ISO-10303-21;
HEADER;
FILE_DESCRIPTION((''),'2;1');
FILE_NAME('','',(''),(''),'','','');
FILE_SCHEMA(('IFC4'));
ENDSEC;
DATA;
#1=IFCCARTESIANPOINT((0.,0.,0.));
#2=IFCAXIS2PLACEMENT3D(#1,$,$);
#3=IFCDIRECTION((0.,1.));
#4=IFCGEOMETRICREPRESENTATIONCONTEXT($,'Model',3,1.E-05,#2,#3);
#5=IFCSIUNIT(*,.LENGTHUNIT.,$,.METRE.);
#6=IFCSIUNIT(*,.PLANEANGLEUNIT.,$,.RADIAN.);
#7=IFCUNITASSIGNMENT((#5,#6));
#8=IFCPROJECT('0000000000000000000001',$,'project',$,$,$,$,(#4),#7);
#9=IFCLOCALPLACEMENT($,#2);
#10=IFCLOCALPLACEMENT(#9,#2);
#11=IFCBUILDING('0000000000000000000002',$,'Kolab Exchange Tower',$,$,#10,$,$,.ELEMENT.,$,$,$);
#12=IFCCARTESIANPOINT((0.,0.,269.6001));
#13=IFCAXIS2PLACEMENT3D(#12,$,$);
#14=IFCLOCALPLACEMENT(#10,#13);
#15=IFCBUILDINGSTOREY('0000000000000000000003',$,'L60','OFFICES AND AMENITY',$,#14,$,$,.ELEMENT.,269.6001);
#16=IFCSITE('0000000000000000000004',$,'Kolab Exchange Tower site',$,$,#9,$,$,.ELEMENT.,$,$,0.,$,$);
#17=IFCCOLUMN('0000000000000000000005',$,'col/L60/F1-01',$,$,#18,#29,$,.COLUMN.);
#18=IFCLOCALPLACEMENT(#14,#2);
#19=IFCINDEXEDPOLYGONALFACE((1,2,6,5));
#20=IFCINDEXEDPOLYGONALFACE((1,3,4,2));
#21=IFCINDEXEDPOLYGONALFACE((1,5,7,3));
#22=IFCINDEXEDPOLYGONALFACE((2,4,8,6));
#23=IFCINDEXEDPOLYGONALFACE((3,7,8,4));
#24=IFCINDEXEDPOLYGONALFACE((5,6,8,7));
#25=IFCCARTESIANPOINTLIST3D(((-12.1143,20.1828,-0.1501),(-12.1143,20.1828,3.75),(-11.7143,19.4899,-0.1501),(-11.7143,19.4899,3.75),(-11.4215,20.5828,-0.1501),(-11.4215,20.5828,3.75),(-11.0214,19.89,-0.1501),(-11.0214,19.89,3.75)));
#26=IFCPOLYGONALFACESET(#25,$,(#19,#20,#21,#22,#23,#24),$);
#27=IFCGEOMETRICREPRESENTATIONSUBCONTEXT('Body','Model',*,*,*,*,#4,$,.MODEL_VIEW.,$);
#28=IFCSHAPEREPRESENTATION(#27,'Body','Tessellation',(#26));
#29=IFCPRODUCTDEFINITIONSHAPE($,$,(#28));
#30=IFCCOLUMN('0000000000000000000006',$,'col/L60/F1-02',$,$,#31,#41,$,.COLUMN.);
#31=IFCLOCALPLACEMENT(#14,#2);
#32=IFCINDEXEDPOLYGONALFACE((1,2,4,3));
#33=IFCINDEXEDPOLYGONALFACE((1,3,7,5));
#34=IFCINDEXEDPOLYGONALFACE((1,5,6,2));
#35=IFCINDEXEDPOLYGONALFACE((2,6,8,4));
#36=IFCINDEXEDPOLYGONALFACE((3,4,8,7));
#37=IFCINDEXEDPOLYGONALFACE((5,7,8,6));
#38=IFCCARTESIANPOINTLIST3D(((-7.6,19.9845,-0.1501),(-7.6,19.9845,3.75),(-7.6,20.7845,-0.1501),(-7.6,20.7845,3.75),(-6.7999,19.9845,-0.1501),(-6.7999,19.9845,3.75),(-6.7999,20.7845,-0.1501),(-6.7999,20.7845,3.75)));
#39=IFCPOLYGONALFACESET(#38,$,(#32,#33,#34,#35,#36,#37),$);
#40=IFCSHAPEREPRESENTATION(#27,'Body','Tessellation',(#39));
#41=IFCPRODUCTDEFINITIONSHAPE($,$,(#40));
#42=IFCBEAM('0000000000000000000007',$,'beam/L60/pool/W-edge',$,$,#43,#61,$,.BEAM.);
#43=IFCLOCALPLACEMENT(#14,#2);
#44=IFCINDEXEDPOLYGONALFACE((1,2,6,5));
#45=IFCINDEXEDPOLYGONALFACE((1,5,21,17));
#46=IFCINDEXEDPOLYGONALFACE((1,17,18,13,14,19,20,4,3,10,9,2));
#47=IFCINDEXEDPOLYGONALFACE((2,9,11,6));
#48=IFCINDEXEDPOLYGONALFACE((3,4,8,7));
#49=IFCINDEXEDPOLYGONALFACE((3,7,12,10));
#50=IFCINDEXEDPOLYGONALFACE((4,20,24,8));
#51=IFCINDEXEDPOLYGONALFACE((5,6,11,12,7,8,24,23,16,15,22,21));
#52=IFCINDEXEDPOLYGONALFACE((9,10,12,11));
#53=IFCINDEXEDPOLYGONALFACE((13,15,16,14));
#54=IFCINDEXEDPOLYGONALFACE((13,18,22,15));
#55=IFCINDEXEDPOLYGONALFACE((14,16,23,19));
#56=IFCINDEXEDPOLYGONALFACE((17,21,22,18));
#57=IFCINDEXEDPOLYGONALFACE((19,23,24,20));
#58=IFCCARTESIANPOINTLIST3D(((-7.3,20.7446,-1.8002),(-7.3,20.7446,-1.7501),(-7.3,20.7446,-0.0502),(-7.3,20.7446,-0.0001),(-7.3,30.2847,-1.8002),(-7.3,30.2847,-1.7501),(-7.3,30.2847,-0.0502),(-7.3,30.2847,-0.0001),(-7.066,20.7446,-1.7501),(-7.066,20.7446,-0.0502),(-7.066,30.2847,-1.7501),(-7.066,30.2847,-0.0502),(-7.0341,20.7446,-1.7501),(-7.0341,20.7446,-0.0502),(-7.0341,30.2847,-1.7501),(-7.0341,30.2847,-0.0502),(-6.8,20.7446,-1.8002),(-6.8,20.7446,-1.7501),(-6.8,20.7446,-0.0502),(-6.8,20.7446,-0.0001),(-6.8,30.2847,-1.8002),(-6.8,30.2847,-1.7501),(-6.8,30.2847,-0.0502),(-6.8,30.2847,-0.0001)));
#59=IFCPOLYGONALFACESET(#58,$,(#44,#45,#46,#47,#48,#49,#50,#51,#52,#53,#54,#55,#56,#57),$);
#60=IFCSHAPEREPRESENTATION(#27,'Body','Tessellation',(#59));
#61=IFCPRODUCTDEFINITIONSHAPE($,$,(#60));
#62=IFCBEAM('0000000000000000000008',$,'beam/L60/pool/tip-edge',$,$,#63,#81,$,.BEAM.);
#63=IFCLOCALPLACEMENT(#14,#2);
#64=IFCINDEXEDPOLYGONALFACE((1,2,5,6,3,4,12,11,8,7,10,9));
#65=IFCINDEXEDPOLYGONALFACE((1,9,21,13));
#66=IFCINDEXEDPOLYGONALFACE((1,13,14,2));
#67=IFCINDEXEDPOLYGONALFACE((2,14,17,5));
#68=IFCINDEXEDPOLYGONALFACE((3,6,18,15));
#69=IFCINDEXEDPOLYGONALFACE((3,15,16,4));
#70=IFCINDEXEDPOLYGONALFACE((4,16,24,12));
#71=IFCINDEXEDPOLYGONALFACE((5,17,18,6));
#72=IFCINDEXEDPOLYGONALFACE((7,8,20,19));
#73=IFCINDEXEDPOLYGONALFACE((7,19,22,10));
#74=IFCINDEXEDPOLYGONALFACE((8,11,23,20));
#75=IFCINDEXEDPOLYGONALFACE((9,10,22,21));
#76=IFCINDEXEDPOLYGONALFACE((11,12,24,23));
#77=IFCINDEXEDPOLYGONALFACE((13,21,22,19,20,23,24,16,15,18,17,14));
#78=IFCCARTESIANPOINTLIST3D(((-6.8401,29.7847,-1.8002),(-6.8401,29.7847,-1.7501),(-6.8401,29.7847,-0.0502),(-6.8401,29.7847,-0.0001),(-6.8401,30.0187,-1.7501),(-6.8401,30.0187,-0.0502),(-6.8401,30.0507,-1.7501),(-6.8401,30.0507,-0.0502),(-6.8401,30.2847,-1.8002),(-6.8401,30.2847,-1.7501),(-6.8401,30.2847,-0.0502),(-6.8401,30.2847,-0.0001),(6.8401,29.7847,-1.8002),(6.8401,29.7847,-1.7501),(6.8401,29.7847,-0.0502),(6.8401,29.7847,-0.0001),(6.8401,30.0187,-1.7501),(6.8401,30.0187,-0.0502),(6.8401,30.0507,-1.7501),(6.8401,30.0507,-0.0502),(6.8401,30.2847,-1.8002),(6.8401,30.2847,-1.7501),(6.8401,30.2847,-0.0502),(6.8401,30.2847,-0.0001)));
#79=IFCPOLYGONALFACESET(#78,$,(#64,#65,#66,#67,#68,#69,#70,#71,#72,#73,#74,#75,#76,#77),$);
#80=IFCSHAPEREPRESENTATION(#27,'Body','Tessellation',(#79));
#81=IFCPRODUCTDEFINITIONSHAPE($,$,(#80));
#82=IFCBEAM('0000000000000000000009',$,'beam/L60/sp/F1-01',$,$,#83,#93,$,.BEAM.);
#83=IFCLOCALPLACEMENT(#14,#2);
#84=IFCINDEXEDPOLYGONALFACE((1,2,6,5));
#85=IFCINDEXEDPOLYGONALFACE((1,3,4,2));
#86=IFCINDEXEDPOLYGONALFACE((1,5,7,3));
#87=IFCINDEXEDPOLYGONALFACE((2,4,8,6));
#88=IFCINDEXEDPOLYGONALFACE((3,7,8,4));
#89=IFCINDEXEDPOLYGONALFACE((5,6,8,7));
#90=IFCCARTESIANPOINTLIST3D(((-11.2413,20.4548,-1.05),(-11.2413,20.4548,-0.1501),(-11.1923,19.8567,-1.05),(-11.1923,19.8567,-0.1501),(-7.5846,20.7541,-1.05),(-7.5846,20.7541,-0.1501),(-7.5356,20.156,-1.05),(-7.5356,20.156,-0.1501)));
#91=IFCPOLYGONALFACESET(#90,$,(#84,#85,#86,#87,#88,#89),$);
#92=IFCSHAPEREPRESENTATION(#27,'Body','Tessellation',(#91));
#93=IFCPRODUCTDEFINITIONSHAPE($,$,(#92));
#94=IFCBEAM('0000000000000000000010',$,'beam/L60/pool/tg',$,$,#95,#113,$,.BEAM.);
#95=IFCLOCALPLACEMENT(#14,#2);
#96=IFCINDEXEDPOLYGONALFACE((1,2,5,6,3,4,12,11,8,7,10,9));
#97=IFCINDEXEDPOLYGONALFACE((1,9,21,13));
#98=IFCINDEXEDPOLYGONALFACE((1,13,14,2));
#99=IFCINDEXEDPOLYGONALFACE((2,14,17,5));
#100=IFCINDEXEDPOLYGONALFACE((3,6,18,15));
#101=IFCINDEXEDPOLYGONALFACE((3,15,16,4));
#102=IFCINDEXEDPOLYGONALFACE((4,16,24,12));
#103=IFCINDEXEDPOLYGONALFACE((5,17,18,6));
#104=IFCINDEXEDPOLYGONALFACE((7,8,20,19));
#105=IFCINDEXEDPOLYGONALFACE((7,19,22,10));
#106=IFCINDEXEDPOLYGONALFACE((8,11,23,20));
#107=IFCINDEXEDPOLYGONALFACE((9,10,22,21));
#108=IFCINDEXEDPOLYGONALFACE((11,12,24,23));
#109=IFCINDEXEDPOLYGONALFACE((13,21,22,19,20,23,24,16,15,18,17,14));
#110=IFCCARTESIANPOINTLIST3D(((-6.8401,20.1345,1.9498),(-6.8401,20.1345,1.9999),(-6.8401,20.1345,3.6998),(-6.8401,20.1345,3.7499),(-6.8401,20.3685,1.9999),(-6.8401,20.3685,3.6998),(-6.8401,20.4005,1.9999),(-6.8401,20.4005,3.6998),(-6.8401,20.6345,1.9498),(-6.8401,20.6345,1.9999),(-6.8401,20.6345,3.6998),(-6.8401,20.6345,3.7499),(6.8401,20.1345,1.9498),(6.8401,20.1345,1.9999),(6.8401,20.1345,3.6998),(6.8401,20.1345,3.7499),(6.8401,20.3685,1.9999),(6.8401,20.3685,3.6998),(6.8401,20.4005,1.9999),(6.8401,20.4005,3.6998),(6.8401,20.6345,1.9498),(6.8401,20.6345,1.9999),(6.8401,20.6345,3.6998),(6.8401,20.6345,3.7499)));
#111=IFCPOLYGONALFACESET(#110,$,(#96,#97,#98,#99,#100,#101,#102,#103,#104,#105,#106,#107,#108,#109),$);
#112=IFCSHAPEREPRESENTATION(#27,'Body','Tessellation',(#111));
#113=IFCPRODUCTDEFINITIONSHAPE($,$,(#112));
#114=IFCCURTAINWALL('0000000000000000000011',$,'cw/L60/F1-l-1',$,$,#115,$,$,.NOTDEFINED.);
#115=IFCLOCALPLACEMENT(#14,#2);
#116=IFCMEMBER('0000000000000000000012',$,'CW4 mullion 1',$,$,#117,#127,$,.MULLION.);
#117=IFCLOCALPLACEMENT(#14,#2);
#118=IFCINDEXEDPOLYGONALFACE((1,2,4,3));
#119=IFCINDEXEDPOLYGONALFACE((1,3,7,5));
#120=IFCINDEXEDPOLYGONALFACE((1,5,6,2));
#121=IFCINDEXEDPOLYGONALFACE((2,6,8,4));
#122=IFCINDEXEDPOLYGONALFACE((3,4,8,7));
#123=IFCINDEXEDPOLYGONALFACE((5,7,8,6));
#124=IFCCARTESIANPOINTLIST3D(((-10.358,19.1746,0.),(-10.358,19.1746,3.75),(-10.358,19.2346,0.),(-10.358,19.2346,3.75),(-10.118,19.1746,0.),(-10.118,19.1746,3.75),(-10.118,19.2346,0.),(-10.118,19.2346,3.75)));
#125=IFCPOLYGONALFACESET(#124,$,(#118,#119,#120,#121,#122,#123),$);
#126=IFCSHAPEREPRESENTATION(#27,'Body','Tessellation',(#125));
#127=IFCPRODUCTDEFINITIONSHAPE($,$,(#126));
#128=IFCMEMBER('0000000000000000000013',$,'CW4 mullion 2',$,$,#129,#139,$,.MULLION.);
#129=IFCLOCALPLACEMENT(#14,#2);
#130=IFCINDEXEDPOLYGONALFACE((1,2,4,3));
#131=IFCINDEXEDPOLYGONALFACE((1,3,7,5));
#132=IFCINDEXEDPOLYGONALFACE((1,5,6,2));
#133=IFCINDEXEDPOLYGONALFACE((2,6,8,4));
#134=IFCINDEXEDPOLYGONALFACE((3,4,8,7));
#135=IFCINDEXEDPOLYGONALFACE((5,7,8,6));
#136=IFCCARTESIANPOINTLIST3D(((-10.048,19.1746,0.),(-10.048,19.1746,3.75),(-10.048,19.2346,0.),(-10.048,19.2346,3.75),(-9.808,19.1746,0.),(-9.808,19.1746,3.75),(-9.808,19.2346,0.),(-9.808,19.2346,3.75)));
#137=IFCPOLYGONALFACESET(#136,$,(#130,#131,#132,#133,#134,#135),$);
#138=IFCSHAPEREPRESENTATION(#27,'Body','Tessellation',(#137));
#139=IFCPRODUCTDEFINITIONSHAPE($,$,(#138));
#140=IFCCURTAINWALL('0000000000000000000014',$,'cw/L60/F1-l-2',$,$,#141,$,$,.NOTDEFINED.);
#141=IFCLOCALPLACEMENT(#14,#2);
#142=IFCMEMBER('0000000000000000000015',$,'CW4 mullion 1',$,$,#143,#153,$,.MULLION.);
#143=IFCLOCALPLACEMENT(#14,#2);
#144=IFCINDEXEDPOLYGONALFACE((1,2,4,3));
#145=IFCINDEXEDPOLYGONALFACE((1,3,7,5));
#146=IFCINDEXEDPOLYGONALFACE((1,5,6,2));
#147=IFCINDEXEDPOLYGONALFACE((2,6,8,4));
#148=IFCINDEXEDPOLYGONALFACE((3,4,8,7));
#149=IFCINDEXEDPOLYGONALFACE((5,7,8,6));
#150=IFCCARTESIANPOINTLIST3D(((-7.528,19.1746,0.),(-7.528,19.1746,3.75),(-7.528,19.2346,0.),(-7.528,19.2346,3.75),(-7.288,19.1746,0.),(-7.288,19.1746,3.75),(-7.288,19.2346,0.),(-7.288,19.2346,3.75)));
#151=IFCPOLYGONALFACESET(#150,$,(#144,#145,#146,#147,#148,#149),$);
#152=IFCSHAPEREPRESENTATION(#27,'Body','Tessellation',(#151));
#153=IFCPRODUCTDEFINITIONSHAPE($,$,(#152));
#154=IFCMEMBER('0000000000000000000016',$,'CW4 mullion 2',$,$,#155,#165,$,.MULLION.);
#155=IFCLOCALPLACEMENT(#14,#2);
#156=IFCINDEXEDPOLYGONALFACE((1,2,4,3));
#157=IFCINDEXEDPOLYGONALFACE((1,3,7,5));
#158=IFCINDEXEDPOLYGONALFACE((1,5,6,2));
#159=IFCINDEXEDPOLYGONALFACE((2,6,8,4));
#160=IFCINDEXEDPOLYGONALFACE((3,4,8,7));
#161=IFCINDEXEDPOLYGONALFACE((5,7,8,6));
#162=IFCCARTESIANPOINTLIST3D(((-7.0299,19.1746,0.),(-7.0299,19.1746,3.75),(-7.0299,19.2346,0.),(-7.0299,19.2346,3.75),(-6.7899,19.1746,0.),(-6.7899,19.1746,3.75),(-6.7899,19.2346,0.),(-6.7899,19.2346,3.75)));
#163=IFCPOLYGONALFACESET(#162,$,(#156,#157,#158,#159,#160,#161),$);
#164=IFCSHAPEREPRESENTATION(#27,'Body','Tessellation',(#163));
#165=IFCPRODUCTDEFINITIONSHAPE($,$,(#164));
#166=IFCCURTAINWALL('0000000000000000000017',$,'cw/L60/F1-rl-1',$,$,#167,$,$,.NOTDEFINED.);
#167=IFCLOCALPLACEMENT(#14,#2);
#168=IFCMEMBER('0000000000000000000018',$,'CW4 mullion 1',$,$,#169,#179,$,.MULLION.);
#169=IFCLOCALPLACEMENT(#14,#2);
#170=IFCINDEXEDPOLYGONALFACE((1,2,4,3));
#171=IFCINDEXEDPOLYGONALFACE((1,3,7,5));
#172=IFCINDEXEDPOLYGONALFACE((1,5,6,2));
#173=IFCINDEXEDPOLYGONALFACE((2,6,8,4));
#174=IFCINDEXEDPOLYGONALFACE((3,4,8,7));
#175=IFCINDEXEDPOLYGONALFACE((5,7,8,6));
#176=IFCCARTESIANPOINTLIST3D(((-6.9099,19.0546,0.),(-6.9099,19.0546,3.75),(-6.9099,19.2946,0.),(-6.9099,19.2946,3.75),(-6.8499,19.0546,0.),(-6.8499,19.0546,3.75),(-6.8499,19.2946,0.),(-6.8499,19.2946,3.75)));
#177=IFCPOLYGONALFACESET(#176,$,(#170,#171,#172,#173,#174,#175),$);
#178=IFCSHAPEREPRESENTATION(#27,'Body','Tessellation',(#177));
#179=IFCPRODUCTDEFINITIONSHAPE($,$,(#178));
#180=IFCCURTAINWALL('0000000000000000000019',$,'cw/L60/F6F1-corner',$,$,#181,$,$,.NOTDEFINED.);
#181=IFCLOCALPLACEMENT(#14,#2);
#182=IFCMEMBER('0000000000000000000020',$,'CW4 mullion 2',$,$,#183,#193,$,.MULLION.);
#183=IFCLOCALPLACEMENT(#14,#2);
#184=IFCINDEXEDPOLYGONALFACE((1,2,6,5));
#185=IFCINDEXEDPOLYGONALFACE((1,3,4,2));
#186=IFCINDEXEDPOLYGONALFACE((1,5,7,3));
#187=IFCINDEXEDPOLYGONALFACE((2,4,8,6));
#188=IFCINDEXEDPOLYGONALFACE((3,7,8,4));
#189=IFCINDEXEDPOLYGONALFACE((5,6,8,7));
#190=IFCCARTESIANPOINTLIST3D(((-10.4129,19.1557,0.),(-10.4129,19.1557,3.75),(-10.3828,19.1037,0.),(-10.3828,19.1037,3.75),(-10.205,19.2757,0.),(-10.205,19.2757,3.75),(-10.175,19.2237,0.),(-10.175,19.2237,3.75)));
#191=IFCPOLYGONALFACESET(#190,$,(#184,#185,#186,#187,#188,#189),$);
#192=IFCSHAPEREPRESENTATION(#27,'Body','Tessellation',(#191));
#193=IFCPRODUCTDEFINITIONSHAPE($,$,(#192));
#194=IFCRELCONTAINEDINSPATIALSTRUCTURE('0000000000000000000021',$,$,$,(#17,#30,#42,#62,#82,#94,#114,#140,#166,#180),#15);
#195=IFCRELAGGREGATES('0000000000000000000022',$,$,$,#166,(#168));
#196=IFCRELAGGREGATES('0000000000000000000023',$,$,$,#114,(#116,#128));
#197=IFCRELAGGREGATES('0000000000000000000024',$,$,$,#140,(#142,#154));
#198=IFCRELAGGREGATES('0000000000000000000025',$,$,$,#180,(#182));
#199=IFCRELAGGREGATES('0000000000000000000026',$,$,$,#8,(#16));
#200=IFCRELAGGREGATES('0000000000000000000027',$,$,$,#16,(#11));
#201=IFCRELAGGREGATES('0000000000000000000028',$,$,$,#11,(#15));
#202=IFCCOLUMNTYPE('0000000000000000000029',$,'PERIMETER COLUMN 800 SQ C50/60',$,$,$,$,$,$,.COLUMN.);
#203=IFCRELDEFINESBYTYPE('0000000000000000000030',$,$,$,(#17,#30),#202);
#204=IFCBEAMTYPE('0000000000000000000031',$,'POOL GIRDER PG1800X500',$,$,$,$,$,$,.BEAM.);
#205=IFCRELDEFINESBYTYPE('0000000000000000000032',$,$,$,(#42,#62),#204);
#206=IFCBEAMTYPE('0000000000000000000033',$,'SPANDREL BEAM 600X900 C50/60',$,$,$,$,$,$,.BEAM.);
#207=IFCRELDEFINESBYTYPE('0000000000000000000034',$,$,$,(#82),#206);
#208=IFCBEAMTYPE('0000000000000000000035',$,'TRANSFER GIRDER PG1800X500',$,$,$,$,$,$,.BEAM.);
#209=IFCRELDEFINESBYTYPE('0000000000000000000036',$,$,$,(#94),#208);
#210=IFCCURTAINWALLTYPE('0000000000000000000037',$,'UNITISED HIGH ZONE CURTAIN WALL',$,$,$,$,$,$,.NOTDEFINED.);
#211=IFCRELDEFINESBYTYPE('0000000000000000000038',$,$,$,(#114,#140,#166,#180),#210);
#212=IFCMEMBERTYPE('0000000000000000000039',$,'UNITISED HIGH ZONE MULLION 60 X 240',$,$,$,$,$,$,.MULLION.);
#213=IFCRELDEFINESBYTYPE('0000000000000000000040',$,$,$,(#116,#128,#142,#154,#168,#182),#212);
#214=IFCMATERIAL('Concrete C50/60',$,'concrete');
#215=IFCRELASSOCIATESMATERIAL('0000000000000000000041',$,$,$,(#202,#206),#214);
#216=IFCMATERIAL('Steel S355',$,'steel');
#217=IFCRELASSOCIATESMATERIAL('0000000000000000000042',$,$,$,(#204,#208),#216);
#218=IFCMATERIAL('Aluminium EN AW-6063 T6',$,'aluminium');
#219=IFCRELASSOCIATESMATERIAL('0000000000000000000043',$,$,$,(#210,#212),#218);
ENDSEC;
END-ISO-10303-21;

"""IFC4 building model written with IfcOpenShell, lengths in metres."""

from ifc_helpers import new_model, si_unit, direction, frame, origin, origin_2d, place, context, subcontext, project, spatial, rectangle, i_section, extrude, material, material_profile, profile_set, type_object, element, aggregate, save


model = new_model("IFC4")

# Units and contexts
model_context = context("Model", 3, precision=1e-05, world=origin(), true_north=direction((0.0, 1.0)))
body_context = subcontext(model_context, "Body", "Model", "MODEL_VIEW")
ifc_project = project(units=[si_unit("LENGTHUNIT", "METRE"), si_unit("PLANEANGLEUNIT", "RADIAN")], contexts=[model_context])

# Site, building, storey
site_placement = place(None, origin())
site = spatial("IfcSite", under=ifc_project, at=site_placement, Name="Kolab Exchange Tower site", CompositionType="ELEMENT", RefElevation=0.0)
building_placement = place(site_placement, origin())
building = spatial("IfcBuilding", under=site, at=building_placement, Name="Kolab Exchange Tower", CompositionType="ELEMENT")
storey_placement = place(building_placement, frame((0.0, 0.0, 269.6001)))
storey = spatial("IfcBuildingStorey", under=building, at=storey_placement, Name="L60", Description="OFFICES AND AMENITY", CompositionType="ELEMENT", Elevation=269.6001)

# Columns
ifc_material_1 = material(Name="Concrete C50/60", Category="concrete")
ifc_material_profile_1 = material_profile(ifc_material_1, rectangle(XDim=0.8, YDim=0.8, at=origin_2d()), Name="RC800")
ifc_profile_set_1 = profile_set([ifc_material_profile_1], Name="Concrete C50/60")
column_type = type_object("IfcColumnType", Name="PERIMETER COLUMN 800 SQ C50/60", PredefinedType="COLUMN", material=ifc_profile_set_1)
for number, where, z_axis, x_axis, name in (
    (1, (-11.5679, 20.0364, -0.1501), (0.0, 0.0, 1.0), (0.866025, 0.5, 0.0), "col/L60/F1-01"),
    (2, (-7.2, 20.3845, -0.1501), (0.0, 0.0, 1.0), (1.0, 0.0, 0.0), "col/L60/F1-02"),
):
    element("IfcColumn", number, at=place(storey_placement, frame(where, z_axis=z_axis, x_axis=x_axis)), inside=storey, type_object=column_type, Name=name, PredefinedType="COLUMN", context=body_context, shape_type="SweptSolid", body=[
        extrude(rectangle(XDim=0.8, YDim=0.8, at=origin_2d()), origin(), (0.0, 0.0, 1.0), 3.9001),
    ])

# Beams
ifc_material_2 = material(Name="Steel S355", Category="steel")
ifc_material_profile_2 = material_profile(ifc_material_2, i_section(OverallWidth=0.5, OverallDepth=1.8, WebThickness=0.032, FlangeThickness=0.05, at=origin_2d()), Name="PG1800X500")
ifc_profile_set_2 = profile_set([ifc_material_profile_2], Name="Steel S355")
beam_type_1 = type_object("IfcBeamType", Name="POOL GIRDER PG1800X500", PredefinedType="BEAM", material=ifc_profile_set_2)
beam_1_placement = place(storey_placement, frame((-7.05, 20.7446, -0.9001), z_axis=(0.0, 1.0, 0.0), x_axis=(-1.0, 0.0, 0.0)))
element("IfcBeam", 3, at=beam_1_placement, inside=storey, type_object=beam_type_1, Name="beam/L60/pool/W-edge", PredefinedType="BEAM", context=body_context, shape_type="SweptSolid", body=[
    extrude(i_section(OverallWidth=0.5, OverallDepth=1.8, WebThickness=0.032, FlangeThickness=0.05, at=origin_2d()), origin(), (0.0, 0.0, 1.0), 9.54),
])
beam_2_placement = place(storey_placement, frame((-6.8401, 30.0347, -0.9001), z_axis=(1.0, 0.0, 0.0), x_axis=(0.0, 1.0, 0.0)))
element("IfcBeam", 4, at=beam_2_placement, inside=storey, type_object=beam_type_1, Name="beam/L60/pool/tip-edge", PredefinedType="BEAM", context=body_context, shape_type="SweptSolid", body=[
    extrude(i_section(OverallWidth=0.5, OverallDepth=1.8, WebThickness=0.032, FlangeThickness=0.05, at=origin_2d()), origin(), (0.0, 0.0, 1.0), 13.6802),
])
ifc_material_profile_3 = material_profile(ifc_material_1, rectangle(XDim=0.6001, YDim=0.8999, at=origin_2d()), Name="RC600X900")
ifc_profile_set_3 = profile_set([ifc_material_profile_3], Name="Concrete C50/60")
beam_type_2 = type_object("IfcBeamType", Name="SPANDREL BEAM 600X900 C50/60", PredefinedType="BEAM", material=ifc_profile_set_3)
beam_3_placement = place(storey_placement, frame((-11.2168, 20.1558, -0.6001), z_axis=(0.996667, 0.081581, 0.0), x_axis=(-0.081581, 0.996667, 0.0)))
element("IfcBeam", 5, at=beam_3_placement, inside=storey, type_object=beam_type_2, Name="beam/L60/sp/F1-01", PredefinedType="BEAM", context=body_context, shape_type="SweptSolid", body=[
    extrude(rectangle(XDim=0.6001, YDim=0.8999, at=origin_2d()), origin(), (0.0, 0.0, 1.0), 3.6689),
])
ifc_material_profile_4 = material_profile(ifc_material_2, i_section(OverallWidth=0.5, OverallDepth=1.8, WebThickness=0.032, FlangeThickness=0.05, at=origin_2d()), Name="PG1800X500")
ifc_profile_set_4 = profile_set([ifc_material_profile_4], Name="Steel S355")
beam_type_3 = type_object("IfcBeamType", Name="TRANSFER GIRDER PG1800X500", PredefinedType="BEAM", material=ifc_profile_set_4)
beam_4_placement = place(storey_placement, frame((-6.8401, 20.3845, 2.8499), z_axis=(1.0, 0.0, 0.0), x_axis=(0.0, 1.0, 0.0)))
element("IfcBeam", 6, at=beam_4_placement, inside=storey, type_object=beam_type_3, Name="beam/L60/pool/tg", PredefinedType="BEAM", context=body_context, shape_type="SweptSolid", body=[
    extrude(i_section(OverallWidth=0.5, OverallDepth=1.8, WebThickness=0.032, FlangeThickness=0.05, at=origin_2d()), origin(), (0.0, 0.0, 1.0), 13.6802),
])

# Curtain walls, members
ifc_material_3 = material(Name="Aluminium EN AW-6063 T6", Category="aluminium")
curtain_wall_type = type_object("IfcCurtainWallType", Name="UNITISED HIGH ZONE CURTAIN WALL", PredefinedType="NOTDEFINED", material=ifc_material_3)
curtain_wall_1_placement = place(storey_placement, origin())
curtain_wall_1 = element("IfcCurtainWall", 7, at=curtain_wall_1_placement, inside=storey, type_object=curtain_wall_type, Name="cw/L60/F1-l-1", PredefinedType="NOTDEFINED")
ifc_material_profile_5 = material_profile(ifc_material_3, rectangle(XDim=0.0601, YDim=0.24, at=origin_2d()), Name="RECT 60X240")
ifc_profile_set_5 = profile_set([ifc_material_profile_5], Name="Aluminium EN AW-6063 T6")
member_type_1 = type_object("IfcMemberType", Name="UNITISED HIGH ZONE MULLION 60 X 240", PredefinedType="MULLION", material=ifc_profile_set_5)
member_1_placement = place(storey_placement, frame((-10.238, 19.2046, 0.0), z_axis=(0.0, 0.0, 1.0), x_axis=(0.0, 1.0, 0.0)))
member_1 = element("IfcMember", 8, at=member_1_placement, type_object=member_type_1, Name="CW4 mullion 1", PredefinedType="MULLION", context=body_context, shape_type="SweptSolid", body=[
    extrude(rectangle(XDim=0.0601, YDim=0.24, at=origin_2d()), origin(), (0.0, 0.0, 1.0), 3.75),
])
member_2_placement = place(storey_placement, frame((-9.928, 19.2046, 0.0), z_axis=(0.0, 0.0, 1.0), x_axis=(0.0, 1.0, 0.0)))
member_2 = element("IfcMember", 9, at=member_2_placement, type_object=member_type_1, Name="CW4 mullion 2", PredefinedType="MULLION", context=body_context, shape_type="SweptSolid", body=[
    extrude(rectangle(XDim=0.0601, YDim=0.24, at=origin_2d()), origin(), (0.0, 0.0, 1.0), 3.75),
])
curtain_wall_2_placement = place(storey_placement, origin())
curtain_wall_2 = element("IfcCurtainWall", 10, at=curtain_wall_2_placement, inside=storey, type_object=curtain_wall_type, Name="cw/L60/F1-l-2", PredefinedType="NOTDEFINED")
member_3_placement = place(storey_placement, frame((-7.408, 19.2046, 0.0), z_axis=(0.0, 0.0, 1.0), x_axis=(0.0, 1.0, 0.0)))
member_3 = element("IfcMember", 11, at=member_3_placement, type_object=member_type_1, Name="CW4 mullion 1", PredefinedType="MULLION", context=body_context, shape_type="SweptSolid", body=[
    extrude(rectangle(XDim=0.0601, YDim=0.24, at=origin_2d()), origin(), (0.0, 0.0, 1.0), 3.75),
])
member_4_placement = place(storey_placement, frame((-6.9099, 19.2046, 0.0), z_axis=(0.0, 0.0, 1.0), x_axis=(0.0, 1.0, 0.0)))
member_4 = element("IfcMember", 12, at=member_4_placement, type_object=member_type_1, Name="CW4 mullion 2", PredefinedType="MULLION", context=body_context, shape_type="SweptSolid", body=[
    extrude(rectangle(XDim=0.0601, YDim=0.24, at=origin_2d()), origin(), (0.0, 0.0, 1.0), 3.75),
])

# Curtain walls, members
curtain_wall_3_placement = place(storey_placement, origin())
curtain_wall_3 = element("IfcCurtainWall", 13, at=curtain_wall_3_placement, inside=storey, type_object=curtain_wall_type, Name="cw/L60/F1-rl-1", PredefinedType="NOTDEFINED")
member_5_placement = place(storey_placement, frame((-6.8799, 19.1746, 0.0), z_axis=(0.0, 0.0, 1.0), x_axis=(1.0, 0.0, 0.0)))
member_5 = element("IfcMember", 14, at=member_5_placement, type_object=member_type_1, Name="CW4 mullion 1", PredefinedType="MULLION", context=body_context, shape_type="SweptSolid", body=[
    extrude(rectangle(XDim=0.0601, YDim=0.24, at=origin_2d()), origin(), (0.0, 0.0, 1.0), 3.75),
])
curtain_wall_4_placement = place(storey_placement, origin())
curtain_wall_4 = element("IfcCurtainWall", 15, at=curtain_wall_4_placement, inside=storey, type_object=curtain_wall_type, Name="cw/L60/F6F1-corner", PredefinedType="NOTDEFINED")
member_6_placement = place(storey_placement, frame((-10.2939, 19.1897, 0.0), z_axis=(0.0, 0.0, 1.0), x_axis=(-0.5, 0.866025, 0.0)))
member_6 = element("IfcMember", 16, at=member_6_placement, type_object=member_type_1, Name="CW4 mullion 2", PredefinedType="MULLION", context=body_context, shape_type="SweptSolid", body=[
    extrude(rectangle(XDim=0.0601, YDim=0.24, at=origin_2d()), origin(), (0.0, 0.0, 1.0), 3.75),
])

aggregate(curtain_wall_3, [member_5])

aggregate(curtain_wall_1, [member_1, member_2])
aggregate(curtain_wall_2, [member_3, member_4])
aggregate(curtain_wall_4, [member_6])

save(model, "model.ifc")
